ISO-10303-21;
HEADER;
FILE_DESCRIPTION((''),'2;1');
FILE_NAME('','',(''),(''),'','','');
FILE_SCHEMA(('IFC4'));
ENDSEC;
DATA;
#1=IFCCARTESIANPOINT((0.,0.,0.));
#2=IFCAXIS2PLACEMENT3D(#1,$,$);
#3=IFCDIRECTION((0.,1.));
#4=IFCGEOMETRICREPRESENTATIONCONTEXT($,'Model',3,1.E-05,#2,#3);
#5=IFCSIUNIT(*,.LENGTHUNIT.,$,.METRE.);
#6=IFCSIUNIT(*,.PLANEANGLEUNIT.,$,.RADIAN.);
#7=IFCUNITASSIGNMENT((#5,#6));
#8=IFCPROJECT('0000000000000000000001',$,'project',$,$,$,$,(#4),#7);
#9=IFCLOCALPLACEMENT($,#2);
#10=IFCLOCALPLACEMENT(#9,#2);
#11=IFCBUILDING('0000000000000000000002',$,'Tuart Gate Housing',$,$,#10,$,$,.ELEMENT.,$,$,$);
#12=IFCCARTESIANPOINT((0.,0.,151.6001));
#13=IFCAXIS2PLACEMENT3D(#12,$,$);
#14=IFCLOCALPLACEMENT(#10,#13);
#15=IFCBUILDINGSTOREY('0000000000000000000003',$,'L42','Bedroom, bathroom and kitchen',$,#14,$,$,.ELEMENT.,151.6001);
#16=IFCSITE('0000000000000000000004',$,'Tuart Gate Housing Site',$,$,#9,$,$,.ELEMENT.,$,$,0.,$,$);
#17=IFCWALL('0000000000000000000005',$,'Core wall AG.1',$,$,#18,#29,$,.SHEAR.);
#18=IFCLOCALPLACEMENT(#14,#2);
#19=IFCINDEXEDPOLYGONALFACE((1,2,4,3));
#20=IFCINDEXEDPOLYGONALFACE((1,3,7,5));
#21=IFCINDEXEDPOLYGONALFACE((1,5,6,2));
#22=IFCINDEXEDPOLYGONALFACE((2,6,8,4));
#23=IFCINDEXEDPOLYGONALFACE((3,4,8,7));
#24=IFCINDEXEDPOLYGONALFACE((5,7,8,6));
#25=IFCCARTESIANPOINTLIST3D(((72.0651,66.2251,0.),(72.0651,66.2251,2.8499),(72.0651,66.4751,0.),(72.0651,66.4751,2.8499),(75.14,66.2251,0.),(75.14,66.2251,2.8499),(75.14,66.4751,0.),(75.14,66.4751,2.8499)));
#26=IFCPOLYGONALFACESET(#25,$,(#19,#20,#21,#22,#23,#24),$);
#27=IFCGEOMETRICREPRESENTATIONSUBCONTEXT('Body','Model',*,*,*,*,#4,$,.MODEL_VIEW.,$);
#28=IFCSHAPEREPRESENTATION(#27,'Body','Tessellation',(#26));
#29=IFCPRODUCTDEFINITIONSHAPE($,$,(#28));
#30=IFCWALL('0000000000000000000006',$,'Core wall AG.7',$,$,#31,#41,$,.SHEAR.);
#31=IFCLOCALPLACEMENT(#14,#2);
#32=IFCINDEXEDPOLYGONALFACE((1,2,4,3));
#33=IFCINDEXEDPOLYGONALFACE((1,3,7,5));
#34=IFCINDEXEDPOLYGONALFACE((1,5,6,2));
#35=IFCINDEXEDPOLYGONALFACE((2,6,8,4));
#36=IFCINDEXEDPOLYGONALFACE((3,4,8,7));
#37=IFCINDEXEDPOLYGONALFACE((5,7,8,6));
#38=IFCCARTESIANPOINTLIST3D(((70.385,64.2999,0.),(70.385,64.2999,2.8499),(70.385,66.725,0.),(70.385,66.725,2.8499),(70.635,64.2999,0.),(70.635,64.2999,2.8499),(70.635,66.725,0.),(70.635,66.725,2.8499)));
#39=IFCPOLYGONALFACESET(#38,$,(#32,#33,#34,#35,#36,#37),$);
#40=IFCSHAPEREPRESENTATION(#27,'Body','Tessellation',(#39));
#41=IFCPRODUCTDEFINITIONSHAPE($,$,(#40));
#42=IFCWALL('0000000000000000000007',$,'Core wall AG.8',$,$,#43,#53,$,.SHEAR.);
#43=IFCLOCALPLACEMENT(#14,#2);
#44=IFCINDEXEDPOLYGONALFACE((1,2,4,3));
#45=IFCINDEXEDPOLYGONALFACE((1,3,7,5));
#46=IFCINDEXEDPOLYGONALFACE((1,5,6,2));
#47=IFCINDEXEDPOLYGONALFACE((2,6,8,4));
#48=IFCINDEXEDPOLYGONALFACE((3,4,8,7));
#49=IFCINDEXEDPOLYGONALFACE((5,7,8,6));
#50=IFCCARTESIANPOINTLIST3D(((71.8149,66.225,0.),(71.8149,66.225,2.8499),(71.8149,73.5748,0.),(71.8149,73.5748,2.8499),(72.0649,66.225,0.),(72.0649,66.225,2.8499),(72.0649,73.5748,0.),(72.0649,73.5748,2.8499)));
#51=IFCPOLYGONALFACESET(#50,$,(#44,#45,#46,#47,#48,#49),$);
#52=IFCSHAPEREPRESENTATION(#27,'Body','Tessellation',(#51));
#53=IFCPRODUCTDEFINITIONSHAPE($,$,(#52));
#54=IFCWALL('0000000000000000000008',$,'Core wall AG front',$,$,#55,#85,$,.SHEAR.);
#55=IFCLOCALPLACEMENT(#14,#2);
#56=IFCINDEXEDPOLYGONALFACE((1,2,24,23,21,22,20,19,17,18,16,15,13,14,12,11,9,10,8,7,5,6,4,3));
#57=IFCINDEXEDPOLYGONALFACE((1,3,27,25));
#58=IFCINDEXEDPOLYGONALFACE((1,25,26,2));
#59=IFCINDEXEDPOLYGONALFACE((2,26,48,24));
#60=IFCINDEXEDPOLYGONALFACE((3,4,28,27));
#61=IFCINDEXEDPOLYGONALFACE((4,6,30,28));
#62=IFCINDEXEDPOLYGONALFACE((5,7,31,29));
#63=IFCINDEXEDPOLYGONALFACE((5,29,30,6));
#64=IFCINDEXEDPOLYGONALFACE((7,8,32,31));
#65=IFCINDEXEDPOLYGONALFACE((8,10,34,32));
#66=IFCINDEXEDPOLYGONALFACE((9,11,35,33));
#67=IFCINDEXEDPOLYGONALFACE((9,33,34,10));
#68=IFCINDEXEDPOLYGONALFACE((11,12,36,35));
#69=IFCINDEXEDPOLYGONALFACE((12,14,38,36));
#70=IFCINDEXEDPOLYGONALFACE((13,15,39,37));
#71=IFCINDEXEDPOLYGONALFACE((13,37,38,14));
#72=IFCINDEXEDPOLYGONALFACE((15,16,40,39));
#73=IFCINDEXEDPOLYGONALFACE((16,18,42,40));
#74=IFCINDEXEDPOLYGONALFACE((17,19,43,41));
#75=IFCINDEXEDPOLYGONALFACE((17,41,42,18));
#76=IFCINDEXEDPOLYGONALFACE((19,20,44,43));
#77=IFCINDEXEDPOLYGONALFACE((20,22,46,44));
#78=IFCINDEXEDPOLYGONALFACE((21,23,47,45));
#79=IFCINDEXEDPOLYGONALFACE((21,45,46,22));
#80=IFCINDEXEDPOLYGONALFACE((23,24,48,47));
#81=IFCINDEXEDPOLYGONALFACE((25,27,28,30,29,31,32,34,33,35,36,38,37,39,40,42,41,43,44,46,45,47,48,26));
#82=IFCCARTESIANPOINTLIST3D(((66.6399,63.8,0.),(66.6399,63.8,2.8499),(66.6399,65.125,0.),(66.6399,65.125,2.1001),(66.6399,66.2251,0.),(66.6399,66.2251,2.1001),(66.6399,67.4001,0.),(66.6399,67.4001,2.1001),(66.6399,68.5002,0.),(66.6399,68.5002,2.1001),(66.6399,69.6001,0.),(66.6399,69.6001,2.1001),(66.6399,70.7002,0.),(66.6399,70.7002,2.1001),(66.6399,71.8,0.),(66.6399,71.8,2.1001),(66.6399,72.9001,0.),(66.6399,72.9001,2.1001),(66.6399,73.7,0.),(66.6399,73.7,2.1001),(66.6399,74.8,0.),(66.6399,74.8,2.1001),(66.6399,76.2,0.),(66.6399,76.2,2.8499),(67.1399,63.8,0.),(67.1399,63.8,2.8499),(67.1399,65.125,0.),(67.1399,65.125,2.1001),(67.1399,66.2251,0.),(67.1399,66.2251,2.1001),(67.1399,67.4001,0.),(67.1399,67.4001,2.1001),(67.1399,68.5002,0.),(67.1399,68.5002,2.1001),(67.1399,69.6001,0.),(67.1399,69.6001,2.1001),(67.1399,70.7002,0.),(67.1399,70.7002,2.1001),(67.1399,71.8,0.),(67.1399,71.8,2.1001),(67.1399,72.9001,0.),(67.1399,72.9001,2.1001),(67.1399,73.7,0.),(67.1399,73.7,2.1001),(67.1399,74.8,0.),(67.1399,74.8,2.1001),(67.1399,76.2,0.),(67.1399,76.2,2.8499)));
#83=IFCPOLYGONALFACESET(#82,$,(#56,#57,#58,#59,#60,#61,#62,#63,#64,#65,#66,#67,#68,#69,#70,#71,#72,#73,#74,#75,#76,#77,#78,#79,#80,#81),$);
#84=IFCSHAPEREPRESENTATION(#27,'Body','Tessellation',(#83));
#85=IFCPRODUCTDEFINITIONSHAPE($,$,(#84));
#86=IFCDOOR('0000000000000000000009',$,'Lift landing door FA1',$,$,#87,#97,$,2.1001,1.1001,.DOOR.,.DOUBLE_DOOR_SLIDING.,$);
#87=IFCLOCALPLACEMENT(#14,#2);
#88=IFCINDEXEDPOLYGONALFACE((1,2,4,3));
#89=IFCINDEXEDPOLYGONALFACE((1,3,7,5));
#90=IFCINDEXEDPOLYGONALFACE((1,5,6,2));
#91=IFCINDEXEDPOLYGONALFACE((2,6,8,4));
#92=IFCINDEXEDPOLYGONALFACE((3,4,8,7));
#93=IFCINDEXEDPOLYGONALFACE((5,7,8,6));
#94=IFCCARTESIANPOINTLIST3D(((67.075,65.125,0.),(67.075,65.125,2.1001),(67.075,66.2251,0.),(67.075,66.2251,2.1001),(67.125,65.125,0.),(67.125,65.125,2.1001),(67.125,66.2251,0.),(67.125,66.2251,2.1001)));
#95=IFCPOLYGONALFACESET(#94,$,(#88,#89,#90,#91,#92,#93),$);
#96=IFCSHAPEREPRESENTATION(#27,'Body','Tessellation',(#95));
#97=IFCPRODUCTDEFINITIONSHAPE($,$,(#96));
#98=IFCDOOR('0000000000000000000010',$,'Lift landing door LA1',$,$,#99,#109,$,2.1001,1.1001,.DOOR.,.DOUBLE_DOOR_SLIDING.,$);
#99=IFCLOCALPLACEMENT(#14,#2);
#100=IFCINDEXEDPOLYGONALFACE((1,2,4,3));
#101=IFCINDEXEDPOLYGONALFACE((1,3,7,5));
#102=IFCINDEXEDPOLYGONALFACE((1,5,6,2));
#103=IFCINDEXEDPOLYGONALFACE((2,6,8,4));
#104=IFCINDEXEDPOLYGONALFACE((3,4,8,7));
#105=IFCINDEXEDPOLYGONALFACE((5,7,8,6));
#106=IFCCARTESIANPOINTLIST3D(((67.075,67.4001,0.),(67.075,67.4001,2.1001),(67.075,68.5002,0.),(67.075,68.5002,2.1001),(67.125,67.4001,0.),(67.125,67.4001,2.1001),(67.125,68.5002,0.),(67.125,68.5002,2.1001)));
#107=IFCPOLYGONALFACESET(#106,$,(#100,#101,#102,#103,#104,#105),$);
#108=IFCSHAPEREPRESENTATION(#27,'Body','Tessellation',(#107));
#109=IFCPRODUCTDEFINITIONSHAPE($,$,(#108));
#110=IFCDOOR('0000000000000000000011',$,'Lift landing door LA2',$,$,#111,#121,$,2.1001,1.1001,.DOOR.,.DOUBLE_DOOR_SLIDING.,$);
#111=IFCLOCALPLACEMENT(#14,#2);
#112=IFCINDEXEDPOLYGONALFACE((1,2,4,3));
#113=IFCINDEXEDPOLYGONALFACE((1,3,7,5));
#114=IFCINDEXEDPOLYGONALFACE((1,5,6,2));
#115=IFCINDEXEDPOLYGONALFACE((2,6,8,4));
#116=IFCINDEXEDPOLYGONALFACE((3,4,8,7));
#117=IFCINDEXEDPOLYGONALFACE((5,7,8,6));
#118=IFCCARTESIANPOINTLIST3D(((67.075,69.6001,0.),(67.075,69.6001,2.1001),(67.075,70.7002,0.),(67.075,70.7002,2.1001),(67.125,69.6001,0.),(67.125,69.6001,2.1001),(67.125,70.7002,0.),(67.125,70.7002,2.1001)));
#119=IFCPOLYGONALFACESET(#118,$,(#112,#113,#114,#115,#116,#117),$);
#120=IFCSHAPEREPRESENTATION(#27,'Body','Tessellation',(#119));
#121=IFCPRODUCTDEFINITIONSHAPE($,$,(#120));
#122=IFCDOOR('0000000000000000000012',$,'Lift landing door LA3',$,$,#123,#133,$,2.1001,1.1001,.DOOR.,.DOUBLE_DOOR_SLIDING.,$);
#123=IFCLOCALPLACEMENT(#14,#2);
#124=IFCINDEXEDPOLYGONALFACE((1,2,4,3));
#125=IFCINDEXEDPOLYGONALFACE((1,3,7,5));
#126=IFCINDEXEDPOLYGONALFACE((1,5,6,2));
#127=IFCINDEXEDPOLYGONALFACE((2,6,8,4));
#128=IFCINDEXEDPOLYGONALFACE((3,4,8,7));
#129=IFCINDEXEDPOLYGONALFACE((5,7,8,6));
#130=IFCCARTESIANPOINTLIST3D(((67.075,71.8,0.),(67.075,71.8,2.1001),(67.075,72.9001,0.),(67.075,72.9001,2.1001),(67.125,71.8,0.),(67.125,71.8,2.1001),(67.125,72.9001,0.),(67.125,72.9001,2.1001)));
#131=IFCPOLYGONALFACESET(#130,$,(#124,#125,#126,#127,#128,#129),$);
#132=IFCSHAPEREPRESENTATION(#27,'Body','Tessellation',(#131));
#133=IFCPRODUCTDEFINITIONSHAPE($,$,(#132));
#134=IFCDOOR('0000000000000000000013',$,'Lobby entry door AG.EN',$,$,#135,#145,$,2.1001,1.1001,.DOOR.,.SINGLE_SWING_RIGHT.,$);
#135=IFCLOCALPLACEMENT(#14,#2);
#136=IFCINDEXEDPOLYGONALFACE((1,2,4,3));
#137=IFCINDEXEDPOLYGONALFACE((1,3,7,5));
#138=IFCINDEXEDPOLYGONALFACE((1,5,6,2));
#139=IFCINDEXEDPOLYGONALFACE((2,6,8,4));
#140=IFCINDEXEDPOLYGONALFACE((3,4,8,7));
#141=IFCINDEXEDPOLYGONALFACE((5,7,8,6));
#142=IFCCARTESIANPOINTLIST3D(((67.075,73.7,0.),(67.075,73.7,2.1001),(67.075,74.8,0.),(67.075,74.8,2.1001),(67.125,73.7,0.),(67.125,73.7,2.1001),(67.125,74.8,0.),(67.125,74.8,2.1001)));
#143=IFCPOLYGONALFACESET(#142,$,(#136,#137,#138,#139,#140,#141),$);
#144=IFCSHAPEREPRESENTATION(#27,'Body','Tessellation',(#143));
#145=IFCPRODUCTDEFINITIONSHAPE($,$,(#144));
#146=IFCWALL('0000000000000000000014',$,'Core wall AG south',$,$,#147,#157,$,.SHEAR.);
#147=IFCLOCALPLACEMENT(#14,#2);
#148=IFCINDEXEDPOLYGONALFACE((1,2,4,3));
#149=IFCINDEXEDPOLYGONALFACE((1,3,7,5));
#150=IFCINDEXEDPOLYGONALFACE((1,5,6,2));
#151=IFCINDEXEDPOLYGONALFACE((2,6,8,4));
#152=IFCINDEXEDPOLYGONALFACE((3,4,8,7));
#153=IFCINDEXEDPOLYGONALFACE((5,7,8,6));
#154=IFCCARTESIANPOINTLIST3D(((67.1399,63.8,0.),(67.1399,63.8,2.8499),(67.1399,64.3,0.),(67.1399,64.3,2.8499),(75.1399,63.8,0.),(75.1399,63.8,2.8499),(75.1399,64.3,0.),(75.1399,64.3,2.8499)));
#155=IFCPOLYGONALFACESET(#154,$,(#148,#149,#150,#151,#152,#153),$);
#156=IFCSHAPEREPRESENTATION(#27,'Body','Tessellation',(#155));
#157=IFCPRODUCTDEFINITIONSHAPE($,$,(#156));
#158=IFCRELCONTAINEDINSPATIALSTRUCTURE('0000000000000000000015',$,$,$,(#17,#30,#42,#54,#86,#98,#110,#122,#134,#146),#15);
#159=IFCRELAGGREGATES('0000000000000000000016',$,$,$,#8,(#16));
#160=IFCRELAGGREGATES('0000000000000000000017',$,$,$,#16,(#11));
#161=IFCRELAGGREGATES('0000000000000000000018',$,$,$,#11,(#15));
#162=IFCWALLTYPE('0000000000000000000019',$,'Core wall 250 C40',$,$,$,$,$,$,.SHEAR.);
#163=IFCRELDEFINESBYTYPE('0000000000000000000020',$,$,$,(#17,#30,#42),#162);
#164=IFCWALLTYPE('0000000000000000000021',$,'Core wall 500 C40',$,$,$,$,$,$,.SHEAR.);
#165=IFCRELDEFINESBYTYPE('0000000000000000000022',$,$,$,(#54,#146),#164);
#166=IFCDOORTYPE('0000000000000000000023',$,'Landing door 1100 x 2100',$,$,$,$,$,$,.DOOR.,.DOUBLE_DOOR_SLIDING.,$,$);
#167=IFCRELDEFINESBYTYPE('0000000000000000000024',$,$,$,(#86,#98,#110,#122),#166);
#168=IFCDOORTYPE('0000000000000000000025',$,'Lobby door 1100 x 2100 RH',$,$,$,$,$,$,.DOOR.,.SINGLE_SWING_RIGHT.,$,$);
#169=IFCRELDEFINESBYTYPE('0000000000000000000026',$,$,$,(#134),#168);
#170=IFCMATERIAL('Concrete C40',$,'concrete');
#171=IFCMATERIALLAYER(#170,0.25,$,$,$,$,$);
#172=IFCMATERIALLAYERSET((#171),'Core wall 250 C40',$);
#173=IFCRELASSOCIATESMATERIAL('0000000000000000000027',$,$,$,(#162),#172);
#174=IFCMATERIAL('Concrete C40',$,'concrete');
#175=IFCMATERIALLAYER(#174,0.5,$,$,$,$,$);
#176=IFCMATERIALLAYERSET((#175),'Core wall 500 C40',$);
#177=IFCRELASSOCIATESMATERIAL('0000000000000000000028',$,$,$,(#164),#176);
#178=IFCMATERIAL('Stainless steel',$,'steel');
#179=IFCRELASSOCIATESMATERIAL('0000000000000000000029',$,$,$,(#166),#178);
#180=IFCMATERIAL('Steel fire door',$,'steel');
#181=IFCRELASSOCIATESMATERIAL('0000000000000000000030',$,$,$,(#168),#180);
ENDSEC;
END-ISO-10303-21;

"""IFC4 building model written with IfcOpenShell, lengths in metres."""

from ifc_helpers import new_model, si_unit, direction, frame, frame_2d, origin, place, context, subcontext, project, spatial, rectangle, extrude, material, layer, layer_set, type_object, element, fill, save


model = new_model("IFC4")

# Units and contexts
model_context = context("Model", 3, precision=1e-05, world=origin(), true_north=direction((0.0, 1.0)))
body_context = subcontext(model_context, "Body", "Model", "MODEL_VIEW")
ifc_project = project(units=[si_unit("LENGTHUNIT", "METRE"), si_unit("PLANEANGLEUNIT", "RADIAN")], contexts=[model_context])

# Site, building, storey
site_placement = place(None, origin())
site = spatial("IfcSite", under=ifc_project, at=site_placement, Name="Tuart Gate Housing Site", CompositionType="ELEMENT", RefElevation=0.0)
building_placement = place(site_placement, origin())
building = spatial("IfcBuilding", under=site, at=building_placement, Name="Tuart Gate Housing", CompositionType="ELEMENT")
storey_placement = place(building_placement, frame((0.0, 0.0, 151.6001)))
storey = spatial("IfcBuildingStorey", under=building, at=storey_placement, Name="L42", Description="Bedroom, bathroom and kitchen", CompositionType="ELEMENT", Elevation=151.6001)

# Walls
ifc_material_1 = material(Name="Concrete C40", Category="concrete")
ifc_layer_1 = layer(ifc_material_1, 0.25)
ifc_layer_set_1 = layer_set([ifc_layer_1], Name="Core wall 250 C40")
wall_type_1 = type_object("IfcWallType", Name="Core wall 250 C40", PredefinedType="SHEAR", material=ifc_layer_set_1)
wall_1_placement = place(storey_placement, frame((72.0649, 66.3501, 0.0), z_axis=(0.0, 0.0, 1.0), x_axis=(1.0, 0.0, 0.0)))
element("IfcWall", 1, at=wall_1_placement, inside=storey, type_object=wall_type_1, Name="Core wall AG.1", PredefinedType="SHEAR", context=body_context, shape_type="SweptSolid", body=[
    extrude(rectangle(XDim=3.075, YDim=0.25, at=frame_2d((1.5376, 0.0))), origin(), (0.0, 0.0, 1.0), 2.8499),
])
wall_2_placement = place(storey_placement, frame((70.51, 64.3, 0.0), z_axis=(0.0, 0.0, 1.0), x_axis=(0.0, 1.0, 0.0)))
element("IfcWall", 2, at=wall_2_placement, inside=storey, type_object=wall_type_1, Name="Core wall AG.7", PredefinedType="SHEAR", context=body_context, shape_type="SweptSolid", body=[
    extrude(rectangle(XDim=2.425, YDim=0.25, at=frame_2d((1.2124, 0.0))), origin(), (0.0, 0.0, 1.0), 2.8499),
])
wall_3_placement = place(storey_placement, frame((71.9399, 66.2251, 0.0), z_axis=(0.0, 0.0, 1.0), x_axis=(0.0, 1.0, 0.0)))
element("IfcWall", 3, at=wall_3_placement, inside=storey, type_object=wall_type_1, Name="Core wall AG.8", PredefinedType="SHEAR", context=body_context, shape_type="SweptSolid", body=[
    extrude(rectangle(XDim=7.3499, YDim=0.25, at=frame_2d((3.6748, 0.0))), origin(), (0.0, 0.0, 1.0), 2.8499),
])

# Wall, openings, doors
ifc_material_2 = material(Name="Concrete C40", Category="concrete")
ifc_layer_2 = layer(ifc_material_2, 0.5)
ifc_layer_set_2 = layer_set([ifc_layer_2], Name="Core wall 500 C40")
wall_type_2 = type_object("IfcWallType", Name="Core wall 500 C40", PredefinedType="SHEAR", material=ifc_layer_set_2)
wall_4_placement = place(storey_placement, frame((66.8899, 63.8, 0.0), z_axis=(0.0, 0.0, 1.0), x_axis=(0.0, 1.0, 0.0)))
wall_4 = element("IfcWall", 4, at=wall_4_placement, inside=storey, type_object=wall_type_2, Name="Core wall AG front", PredefinedType="SHEAR", context=body_context, shape_type="SweptSolid", body=[
    extrude(rectangle(XDim=12.3999, YDim=0.5, at=frame_2d((6.2, 0.0))), origin(), (0.0, 0.0, 1.0), 2.8499),
])
opening_1_placement = place(wall_4_placement, frame((1.325, 0.0, 0.0)))
opening_1 = element("IfcOpeningElement", 5, at=opening_1_placement, cuts=wall_4, PredefinedType="OPENING", context=body_context, shape_type="SweptSolid", body=[
    extrude(rectangle(XDim=1.1001, YDim=2.1001, at=frame_2d((0.55, 1.05))), frame((0.0, 0.26, 0.0), z_axis=(0.0, -1.0, 0.0), x_axis=(1.0, 0.0, 0.0)), (0.0, 0.0, 1.0), 0.52),
])
opening_2_placement = place(wall_4_placement, frame((3.6001, 0.0, 0.0)))
opening_2 = element("IfcOpeningElement", 6, at=opening_2_placement, cuts=wall_4, PredefinedType="OPENING", context=body_context, shape_type="SweptSolid", body=[
    extrude(rectangle(XDim=1.1001, YDim=2.1001, at=frame_2d((0.55, 1.05))), frame((0.0, 0.26, 0.0), z_axis=(0.0, -1.0, 0.0), x_axis=(1.0, 0.0, 0.0)), (0.0, 0.0, 1.0), 0.52),
])
opening_3_placement = place(wall_4_placement, frame((5.8, 0.0, 0.0)))
opening_3 = element("IfcOpeningElement", 7, at=opening_3_placement, cuts=wall_4, PredefinedType="OPENING", context=body_context, shape_type="SweptSolid", body=[
    extrude(rectangle(XDim=1.1001, YDim=2.1001, at=frame_2d((0.55, 1.05))), frame((0.0, 0.26, 0.0), z_axis=(0.0, -1.0, 0.0), x_axis=(1.0, 0.0, 0.0)), (0.0, 0.0, 1.0), 0.52),
])
opening_4_placement = place(wall_4_placement, frame((8.0, 0.0, 0.0)))
opening_4 = element("IfcOpeningElement", 8, at=opening_4_placement, cuts=wall_4, PredefinedType="OPENING", context=body_context, shape_type="SweptSolid", body=[
    extrude(rectangle(XDim=1.1001, YDim=2.1001, at=frame_2d((0.55, 1.05))), frame((0.0, 0.26, 0.0), z_axis=(0.0, -1.0, 0.0), x_axis=(1.0, 0.0, 0.0)), (0.0, 0.0, 1.0), 0.52),
])
opening_5_placement = place(wall_4_placement, frame((9.8999, 0.0, 0.0)))
opening_5 = element("IfcOpeningElement", 9, at=opening_5_placement, cuts=wall_4, PredefinedType="OPENING", context=body_context, shape_type="SweptSolid", body=[
    extrude(rectangle(XDim=1.1001, YDim=2.1001, at=frame_2d((0.55, 1.05))), frame((0.0, 0.26, 0.0), z_axis=(0.0, -1.0, 0.0), x_axis=(1.0, 0.0, 0.0)), (0.0, 0.0, 1.0), 0.52),
])
ifc_material_3 = material(Name="Stainless steel", Category="steel")
door_type_1 = type_object("IfcDoorType", Name="Landing door 1100 x 2100", OperationType="DOUBLE_DOOR_SLIDING", PredefinedType="DOOR", material=ifc_material_3)
door_1_placement = place(opening_1_placement, origin())
door_1 = element("IfcDoor", 10, at=door_1_placement, inside=storey, type_object=door_type_1, Name="Lift landing door FA1", OperationType="DOUBLE_DOOR_SLIDING", OverallHeight=2.1001, OverallWidth=1.1001, PredefinedType="DOOR", context=body_context, shape_type="SweptSolid", body=[
    extrude(rectangle(XDim=1.1001, YDim=2.1001, at=frame_2d((0.55, 1.05))), frame((0.0, -0.1851, 0.0), z_axis=(0.0, -1.0, 0.0), x_axis=(1.0, 0.0, 0.0)), (0.0, 0.0, 1.0), 0.05),
])
fill(opening_1, door_1)
door_2_placement = place(opening_2_placement, origin())
door_2 = element("IfcDoor", 11, at=door_2_placement, inside=storey, type_object=door_type_1, Name="Lift landing door LA1", OperationType="DOUBLE_DOOR_SLIDING", OverallHeight=2.1001, OverallWidth=1.1001, PredefinedType="DOOR", context=body_context, shape_type="SweptSolid", body=[
    extrude(rectangle(XDim=1.1001, YDim=2.1001, at=frame_2d((0.55, 1.05))), frame((0.0, -0.1851, 0.0), z_axis=(0.0, -1.0, 0.0), x_axis=(1.0, 0.0, 0.0)), (0.0, 0.0, 1.0), 0.05),
])
fill(opening_2, door_2)
door_3_placement = place(opening_3_placement, origin())
door_3 = element("IfcDoor", 12, at=door_3_placement, inside=storey, type_object=door_type_1, Name="Lift landing door LA2", OperationType="DOUBLE_DOOR_SLIDING", OverallHeight=2.1001, OverallWidth=1.1001, PredefinedType="DOOR", context=body_context, shape_type="SweptSolid", body=[
    extrude(rectangle(XDim=1.1001, YDim=2.1001, at=frame_2d((0.55, 1.05))), frame((0.0, -0.1851, 0.0), z_axis=(0.0, -1.0, 0.0), x_axis=(1.0, 0.0, 0.0)), (0.0, 0.0, 1.0), 0.05),
])
fill(opening_3, door_3)
door_4_placement = place(opening_4_placement, origin())
door_4 = element("IfcDoor", 13, at=door_4_placement, inside=storey, type_object=door_type_1, Name="Lift landing door LA3", OperationType="DOUBLE_DOOR_SLIDING", OverallHeight=2.1001, OverallWidth=1.1001, PredefinedType="DOOR", context=body_context, shape_type="SweptSolid", body=[
    extrude(rectangle(XDim=1.1001, YDim=2.1001, at=frame_2d((0.55, 1.05))), frame((0.0, -0.1851, 0.0), z_axis=(0.0, -1.0, 0.0), x_axis=(1.0, 0.0, 0.0)), (0.0, 0.0, 1.0), 0.05),
])
fill(opening_4, door_4)
ifc_material_4 = material(Name="Steel fire door", Category="steel")
door_type_2 = type_object("IfcDoorType", Name="Lobby door 1100 x 2100 RH", OperationType="SINGLE_SWING_RIGHT", PredefinedType="DOOR", material=ifc_material_4)
door_5_placement = place(opening_5_placement, frame((1.1001, 0.0, 0.0), z_axis=(0.0, 0.0, 1.0), x_axis=(-1.0, 0.0, 0.0)))
door_5 = element("IfcDoor", 14, at=door_5_placement, inside=storey, type_object=door_type_2, Name="Lobby entry door AG.EN", OperationType="SINGLE_SWING_RIGHT", OverallHeight=2.1001, OverallWidth=1.1001, PredefinedType="DOOR", context=body_context, shape_type="SweptSolid", body=[
    extrude(rectangle(XDim=1.1001, YDim=2.1001, at=frame_2d((0.55, 1.05))), frame((0.0, 0.2351, 0.0), z_axis=(0.0, -1.0, 0.0), x_axis=(1.0, 0.0, 0.0)), (0.0, 0.0, 1.0), 0.05),
])
fill(opening_5, door_5)

# Wall
wall_5_placement = place(storey_placement, frame((67.1399, 64.05, 0.0), z_axis=(0.0, 0.0, 1.0), x_axis=(1.0, 0.0, 0.0)))
element("IfcWall", 15, at=wall_5_placement, inside=storey, type_object=wall_type_2, Name="Core wall AG south", PredefinedType="SHEAR", context=body_context, shape_type="SweptSolid", body=[
    extrude(rectangle(XDim=8.0, YDim=0.5, at=frame_2d((4.0, 0.0))), origin(), (0.0, 0.0, 1.0), 2.8499),
])

save(model, "model.ifc")
